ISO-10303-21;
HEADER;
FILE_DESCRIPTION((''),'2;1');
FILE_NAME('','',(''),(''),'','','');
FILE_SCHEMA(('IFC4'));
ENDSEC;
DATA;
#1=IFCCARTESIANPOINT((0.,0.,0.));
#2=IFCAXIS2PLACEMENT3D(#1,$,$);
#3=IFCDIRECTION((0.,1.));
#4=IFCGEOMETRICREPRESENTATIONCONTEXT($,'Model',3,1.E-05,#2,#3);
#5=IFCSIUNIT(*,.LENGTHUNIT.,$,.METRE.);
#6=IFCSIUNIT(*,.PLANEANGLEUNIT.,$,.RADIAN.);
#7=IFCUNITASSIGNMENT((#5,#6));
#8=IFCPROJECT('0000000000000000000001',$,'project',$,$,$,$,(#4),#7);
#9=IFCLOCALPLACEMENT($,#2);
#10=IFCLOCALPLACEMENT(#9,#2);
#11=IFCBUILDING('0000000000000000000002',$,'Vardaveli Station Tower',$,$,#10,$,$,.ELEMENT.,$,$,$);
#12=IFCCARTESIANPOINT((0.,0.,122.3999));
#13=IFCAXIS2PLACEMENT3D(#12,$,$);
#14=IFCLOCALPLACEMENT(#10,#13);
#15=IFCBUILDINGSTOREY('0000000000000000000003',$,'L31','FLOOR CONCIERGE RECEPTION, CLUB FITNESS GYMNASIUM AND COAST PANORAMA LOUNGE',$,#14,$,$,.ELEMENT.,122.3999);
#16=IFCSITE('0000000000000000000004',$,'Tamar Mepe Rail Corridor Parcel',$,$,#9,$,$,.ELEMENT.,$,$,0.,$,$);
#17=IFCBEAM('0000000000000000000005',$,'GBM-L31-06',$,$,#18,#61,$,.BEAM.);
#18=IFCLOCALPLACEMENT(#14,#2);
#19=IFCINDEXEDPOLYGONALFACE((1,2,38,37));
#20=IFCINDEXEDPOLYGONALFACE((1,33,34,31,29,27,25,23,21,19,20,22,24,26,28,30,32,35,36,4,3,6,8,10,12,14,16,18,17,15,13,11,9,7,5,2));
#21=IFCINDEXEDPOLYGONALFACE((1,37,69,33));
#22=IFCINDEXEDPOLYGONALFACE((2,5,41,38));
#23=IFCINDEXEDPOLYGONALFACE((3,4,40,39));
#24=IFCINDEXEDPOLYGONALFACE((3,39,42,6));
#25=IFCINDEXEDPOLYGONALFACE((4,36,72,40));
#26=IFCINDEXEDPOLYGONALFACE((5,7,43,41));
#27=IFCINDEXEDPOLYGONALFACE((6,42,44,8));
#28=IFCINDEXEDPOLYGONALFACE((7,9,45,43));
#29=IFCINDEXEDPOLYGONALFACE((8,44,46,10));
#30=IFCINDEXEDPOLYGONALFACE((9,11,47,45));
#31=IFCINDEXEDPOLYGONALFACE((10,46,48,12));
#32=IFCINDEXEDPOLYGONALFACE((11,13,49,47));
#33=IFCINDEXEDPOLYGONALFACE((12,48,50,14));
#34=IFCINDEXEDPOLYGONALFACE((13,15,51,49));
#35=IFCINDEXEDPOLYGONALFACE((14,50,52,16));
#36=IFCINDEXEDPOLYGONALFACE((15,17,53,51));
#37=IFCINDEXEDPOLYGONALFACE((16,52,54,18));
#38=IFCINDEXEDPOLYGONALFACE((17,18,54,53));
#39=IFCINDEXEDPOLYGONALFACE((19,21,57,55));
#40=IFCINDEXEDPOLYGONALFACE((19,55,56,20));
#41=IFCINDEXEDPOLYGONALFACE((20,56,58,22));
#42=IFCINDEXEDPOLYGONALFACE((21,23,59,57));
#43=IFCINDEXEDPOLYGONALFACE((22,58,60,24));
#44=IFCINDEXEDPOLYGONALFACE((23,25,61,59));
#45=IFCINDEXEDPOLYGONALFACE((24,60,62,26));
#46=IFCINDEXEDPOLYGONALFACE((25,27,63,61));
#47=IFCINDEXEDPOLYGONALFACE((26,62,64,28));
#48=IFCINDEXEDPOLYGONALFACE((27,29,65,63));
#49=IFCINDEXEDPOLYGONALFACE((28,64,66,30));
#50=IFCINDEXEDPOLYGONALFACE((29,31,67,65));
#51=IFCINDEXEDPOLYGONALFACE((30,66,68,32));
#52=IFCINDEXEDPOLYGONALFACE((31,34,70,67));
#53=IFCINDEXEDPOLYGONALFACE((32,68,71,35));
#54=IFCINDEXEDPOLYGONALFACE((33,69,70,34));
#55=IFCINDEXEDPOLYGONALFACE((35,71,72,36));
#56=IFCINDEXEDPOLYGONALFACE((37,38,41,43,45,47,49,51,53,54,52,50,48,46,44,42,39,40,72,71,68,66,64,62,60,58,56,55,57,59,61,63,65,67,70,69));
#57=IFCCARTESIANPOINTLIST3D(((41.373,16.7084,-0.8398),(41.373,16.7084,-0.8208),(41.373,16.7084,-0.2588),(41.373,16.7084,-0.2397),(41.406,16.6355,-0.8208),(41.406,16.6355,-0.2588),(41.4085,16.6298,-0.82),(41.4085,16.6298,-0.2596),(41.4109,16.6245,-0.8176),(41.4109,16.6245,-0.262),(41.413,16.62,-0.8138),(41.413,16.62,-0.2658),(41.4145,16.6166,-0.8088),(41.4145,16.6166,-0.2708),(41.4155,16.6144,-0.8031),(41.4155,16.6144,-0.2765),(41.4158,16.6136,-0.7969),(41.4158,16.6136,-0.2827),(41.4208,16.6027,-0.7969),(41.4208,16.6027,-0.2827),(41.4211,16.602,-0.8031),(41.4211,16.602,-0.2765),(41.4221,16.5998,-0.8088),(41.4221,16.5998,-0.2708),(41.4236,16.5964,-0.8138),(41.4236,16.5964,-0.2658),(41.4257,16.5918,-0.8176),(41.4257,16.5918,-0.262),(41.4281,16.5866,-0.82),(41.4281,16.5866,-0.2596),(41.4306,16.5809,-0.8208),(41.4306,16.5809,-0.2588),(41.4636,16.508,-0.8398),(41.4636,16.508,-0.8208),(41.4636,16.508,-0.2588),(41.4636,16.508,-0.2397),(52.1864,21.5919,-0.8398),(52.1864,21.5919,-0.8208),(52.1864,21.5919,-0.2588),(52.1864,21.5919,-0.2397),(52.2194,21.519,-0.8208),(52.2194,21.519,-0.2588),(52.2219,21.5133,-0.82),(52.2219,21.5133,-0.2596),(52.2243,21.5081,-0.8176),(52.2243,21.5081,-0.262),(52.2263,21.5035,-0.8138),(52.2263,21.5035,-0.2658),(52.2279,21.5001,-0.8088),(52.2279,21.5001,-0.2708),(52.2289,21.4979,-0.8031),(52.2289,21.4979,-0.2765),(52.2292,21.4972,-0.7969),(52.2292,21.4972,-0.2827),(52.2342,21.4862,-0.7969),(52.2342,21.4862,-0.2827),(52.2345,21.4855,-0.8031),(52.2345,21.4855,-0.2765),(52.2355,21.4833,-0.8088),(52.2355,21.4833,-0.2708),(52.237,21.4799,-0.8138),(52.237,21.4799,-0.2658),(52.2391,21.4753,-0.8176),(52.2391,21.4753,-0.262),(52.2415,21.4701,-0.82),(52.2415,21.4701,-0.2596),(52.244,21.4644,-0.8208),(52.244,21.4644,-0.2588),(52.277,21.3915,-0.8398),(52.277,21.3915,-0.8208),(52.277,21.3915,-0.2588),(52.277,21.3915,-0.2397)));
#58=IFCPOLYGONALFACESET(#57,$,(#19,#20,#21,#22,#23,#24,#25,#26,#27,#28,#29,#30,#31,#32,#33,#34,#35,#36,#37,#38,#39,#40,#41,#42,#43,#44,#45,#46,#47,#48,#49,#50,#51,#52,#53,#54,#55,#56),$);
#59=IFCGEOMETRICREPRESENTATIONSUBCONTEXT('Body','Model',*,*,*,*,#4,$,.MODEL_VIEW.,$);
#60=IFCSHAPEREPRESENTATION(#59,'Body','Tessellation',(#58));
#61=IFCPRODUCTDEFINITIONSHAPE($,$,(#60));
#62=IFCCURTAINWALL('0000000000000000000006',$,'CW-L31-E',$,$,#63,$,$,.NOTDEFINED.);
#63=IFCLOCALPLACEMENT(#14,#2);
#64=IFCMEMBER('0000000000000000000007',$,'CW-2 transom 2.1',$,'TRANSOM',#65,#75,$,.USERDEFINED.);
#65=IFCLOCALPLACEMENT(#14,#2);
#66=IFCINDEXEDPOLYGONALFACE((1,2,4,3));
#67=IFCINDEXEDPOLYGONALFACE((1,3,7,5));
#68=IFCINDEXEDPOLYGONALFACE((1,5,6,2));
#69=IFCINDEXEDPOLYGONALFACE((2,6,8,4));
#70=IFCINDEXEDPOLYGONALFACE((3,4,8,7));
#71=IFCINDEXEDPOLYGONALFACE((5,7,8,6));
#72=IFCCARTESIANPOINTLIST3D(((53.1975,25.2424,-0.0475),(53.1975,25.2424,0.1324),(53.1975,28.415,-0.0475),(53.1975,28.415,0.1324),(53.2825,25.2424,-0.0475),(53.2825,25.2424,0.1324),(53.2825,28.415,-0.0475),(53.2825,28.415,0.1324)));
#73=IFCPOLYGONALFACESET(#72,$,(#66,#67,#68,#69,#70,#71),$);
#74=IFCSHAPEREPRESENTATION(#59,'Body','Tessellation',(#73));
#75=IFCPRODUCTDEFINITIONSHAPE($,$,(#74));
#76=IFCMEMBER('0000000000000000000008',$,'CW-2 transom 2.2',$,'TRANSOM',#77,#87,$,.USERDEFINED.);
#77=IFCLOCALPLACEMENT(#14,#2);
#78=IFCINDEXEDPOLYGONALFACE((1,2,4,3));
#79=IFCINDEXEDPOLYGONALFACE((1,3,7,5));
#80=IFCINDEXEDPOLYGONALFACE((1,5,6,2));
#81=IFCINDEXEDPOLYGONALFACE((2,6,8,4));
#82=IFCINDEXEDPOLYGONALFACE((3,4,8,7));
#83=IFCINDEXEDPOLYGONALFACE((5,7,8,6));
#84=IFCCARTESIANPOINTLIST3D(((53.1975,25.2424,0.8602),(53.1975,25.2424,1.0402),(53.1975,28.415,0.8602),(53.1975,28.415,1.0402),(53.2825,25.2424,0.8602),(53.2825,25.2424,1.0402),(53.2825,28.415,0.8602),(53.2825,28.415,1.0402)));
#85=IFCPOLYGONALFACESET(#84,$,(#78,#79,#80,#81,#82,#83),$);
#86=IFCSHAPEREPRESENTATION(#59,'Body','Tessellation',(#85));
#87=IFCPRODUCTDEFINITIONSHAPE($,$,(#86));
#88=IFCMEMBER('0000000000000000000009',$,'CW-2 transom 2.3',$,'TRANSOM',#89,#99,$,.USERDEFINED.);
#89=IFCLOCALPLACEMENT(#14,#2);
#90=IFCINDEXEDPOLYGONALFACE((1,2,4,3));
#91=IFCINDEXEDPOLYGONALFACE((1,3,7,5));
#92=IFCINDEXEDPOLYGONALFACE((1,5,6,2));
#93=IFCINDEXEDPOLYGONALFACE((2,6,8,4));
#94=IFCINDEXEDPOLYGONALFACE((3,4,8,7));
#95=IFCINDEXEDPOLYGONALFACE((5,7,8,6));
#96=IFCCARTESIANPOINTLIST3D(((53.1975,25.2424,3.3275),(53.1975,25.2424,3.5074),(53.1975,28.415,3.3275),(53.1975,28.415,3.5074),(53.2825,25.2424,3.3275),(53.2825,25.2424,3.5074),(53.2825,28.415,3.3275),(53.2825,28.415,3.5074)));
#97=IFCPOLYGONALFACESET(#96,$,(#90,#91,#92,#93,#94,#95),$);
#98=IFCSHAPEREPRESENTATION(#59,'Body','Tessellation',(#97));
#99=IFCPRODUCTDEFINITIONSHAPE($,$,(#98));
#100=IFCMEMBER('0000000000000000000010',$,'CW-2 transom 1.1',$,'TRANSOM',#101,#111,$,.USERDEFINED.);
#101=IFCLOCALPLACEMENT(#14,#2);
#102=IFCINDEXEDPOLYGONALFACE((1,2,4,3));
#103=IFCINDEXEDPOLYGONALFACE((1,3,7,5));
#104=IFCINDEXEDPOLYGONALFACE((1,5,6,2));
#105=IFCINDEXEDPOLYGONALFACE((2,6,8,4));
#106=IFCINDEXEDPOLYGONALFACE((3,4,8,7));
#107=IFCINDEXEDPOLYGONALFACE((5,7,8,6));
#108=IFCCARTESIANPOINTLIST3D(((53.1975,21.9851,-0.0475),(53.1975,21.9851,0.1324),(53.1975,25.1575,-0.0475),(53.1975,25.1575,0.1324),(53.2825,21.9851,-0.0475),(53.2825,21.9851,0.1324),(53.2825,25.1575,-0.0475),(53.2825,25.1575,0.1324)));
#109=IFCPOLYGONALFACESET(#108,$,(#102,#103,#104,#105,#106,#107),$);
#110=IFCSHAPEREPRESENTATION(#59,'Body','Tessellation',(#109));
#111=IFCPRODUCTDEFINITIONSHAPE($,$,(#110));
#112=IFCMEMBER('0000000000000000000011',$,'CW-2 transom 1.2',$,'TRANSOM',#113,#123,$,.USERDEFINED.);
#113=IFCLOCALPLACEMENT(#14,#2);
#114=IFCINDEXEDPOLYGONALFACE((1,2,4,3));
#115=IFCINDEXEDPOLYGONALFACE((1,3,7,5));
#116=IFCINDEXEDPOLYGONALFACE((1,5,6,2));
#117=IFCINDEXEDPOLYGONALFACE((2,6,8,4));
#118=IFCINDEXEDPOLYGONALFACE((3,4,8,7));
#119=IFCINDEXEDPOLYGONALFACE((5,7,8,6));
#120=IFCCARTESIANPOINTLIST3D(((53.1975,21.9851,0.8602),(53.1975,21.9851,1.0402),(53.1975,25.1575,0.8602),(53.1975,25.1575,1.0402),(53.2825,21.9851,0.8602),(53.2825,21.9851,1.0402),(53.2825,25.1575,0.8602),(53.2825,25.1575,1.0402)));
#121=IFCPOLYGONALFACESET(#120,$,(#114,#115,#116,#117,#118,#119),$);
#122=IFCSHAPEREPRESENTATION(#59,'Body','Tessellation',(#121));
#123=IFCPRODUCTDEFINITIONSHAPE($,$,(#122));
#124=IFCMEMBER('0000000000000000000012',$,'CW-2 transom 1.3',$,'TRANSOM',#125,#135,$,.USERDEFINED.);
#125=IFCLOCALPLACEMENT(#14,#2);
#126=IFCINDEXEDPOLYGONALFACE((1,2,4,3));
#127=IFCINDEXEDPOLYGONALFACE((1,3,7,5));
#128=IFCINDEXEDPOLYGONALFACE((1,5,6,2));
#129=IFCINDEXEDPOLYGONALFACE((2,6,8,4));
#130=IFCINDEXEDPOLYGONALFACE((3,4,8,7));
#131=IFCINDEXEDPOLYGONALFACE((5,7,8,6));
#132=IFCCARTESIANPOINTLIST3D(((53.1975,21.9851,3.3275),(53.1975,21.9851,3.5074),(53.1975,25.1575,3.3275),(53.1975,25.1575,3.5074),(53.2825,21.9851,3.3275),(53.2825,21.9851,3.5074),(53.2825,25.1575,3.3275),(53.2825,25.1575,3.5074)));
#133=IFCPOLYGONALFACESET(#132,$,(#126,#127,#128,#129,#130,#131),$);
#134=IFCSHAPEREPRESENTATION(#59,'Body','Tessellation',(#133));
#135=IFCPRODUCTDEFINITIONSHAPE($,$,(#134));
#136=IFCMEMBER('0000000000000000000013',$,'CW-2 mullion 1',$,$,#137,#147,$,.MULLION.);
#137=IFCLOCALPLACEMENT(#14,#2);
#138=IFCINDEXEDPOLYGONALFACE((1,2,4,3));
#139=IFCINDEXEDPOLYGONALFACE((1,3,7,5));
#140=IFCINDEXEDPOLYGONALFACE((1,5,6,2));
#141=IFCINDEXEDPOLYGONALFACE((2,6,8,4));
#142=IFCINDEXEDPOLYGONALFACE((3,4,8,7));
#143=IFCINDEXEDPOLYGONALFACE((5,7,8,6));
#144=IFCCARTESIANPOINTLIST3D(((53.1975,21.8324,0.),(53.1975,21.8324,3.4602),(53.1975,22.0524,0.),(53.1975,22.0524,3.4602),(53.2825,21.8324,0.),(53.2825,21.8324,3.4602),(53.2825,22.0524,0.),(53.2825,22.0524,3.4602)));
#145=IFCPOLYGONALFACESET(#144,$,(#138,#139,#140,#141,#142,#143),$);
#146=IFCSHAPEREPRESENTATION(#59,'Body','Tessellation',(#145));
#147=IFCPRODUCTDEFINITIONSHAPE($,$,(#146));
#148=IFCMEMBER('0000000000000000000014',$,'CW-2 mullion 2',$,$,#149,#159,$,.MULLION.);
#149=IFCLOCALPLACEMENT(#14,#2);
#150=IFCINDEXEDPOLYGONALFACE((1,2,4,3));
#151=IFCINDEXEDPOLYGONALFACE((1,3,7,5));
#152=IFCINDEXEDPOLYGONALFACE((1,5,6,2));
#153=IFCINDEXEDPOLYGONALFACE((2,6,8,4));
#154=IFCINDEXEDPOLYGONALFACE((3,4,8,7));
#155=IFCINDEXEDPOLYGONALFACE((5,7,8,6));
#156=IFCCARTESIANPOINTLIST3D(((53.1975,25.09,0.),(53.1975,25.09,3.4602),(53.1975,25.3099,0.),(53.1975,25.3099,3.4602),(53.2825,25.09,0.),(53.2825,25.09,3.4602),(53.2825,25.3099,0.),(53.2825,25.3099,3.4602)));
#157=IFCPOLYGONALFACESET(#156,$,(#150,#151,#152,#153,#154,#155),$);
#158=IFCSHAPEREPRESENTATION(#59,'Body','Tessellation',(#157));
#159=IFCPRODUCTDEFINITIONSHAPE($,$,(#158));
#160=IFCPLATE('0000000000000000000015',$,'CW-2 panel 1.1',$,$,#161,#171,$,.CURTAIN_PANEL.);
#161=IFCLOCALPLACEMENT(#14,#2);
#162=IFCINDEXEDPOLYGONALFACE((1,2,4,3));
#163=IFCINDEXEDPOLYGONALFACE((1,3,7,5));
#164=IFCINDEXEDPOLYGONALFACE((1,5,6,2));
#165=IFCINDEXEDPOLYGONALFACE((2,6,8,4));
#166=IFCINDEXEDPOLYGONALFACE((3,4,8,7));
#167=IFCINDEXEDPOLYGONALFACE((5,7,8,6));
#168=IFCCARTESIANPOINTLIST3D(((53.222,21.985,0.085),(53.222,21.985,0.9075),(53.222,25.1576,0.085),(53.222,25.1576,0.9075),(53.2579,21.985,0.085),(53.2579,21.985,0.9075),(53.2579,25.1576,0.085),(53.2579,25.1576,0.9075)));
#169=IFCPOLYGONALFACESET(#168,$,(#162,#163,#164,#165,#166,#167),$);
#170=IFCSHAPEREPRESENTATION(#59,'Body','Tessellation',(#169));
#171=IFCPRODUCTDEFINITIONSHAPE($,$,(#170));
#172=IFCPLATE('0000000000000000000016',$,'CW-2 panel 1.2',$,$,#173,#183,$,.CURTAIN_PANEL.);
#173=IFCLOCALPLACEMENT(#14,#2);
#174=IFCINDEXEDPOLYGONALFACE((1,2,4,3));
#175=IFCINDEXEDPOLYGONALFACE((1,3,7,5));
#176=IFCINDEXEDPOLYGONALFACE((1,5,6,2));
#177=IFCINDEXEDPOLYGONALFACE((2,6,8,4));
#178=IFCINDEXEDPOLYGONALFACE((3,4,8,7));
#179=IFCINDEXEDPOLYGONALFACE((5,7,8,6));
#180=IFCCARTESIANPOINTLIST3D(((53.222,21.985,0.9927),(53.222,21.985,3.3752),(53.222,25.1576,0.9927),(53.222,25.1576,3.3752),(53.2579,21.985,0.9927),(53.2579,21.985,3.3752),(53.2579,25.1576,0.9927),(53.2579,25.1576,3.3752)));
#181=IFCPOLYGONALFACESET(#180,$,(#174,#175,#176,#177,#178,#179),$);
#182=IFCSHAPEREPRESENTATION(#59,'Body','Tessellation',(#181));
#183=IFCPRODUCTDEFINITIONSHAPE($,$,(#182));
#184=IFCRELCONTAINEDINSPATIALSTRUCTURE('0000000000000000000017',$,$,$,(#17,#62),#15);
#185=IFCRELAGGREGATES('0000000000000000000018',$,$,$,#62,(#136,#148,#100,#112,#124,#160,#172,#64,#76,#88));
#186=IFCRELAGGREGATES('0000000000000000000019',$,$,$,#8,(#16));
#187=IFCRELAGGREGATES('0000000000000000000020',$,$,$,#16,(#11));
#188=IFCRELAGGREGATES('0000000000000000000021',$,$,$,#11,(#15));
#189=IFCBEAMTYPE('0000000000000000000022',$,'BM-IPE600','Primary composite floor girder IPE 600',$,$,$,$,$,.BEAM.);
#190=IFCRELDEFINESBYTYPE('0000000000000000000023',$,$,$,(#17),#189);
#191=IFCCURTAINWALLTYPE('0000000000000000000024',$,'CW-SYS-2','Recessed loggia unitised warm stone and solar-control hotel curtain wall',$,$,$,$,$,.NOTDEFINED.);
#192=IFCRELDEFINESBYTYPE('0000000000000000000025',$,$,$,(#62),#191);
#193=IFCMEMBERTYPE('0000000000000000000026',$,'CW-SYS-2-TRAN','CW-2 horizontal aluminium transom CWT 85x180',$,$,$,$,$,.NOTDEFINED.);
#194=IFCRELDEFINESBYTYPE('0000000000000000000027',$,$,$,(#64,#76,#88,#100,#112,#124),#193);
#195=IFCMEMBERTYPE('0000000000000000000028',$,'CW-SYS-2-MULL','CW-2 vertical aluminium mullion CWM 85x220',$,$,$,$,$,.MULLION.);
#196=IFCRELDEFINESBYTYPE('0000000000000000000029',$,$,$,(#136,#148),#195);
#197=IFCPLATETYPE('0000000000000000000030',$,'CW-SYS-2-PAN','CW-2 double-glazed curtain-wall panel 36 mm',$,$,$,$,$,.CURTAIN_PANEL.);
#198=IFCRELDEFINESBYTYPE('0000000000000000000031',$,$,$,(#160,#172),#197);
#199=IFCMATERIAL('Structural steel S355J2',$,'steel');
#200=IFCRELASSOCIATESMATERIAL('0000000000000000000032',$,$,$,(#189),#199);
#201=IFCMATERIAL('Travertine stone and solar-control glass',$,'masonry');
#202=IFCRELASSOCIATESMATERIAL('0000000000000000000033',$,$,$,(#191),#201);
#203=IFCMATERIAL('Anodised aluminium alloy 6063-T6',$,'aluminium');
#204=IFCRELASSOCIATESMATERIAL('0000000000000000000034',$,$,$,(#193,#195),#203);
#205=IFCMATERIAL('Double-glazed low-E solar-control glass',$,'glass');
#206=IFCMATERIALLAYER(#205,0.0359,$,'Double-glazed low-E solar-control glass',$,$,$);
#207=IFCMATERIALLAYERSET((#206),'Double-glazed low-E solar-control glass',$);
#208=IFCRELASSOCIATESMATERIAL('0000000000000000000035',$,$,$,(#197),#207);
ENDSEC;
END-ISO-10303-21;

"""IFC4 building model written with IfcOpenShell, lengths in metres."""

from ifc_helpers import new_model, si_unit, direction, frame, origin, origin_2d, place, context, subcontext, project, spatial, rectangle, i_section, extrude, source, transform, mapped, material, layer, layer_set, material_profile, profile_set, type_object, element, aggregate, save


model = new_model("IFC4")

# Units and contexts
model_context = context("Model", 3, precision=1e-05, world=origin(), true_north=direction((0.0, 1.0)))
body_context = subcontext(model_context, "Body", "Model", "MODEL_VIEW")
ifc_project = project(units=[si_unit("LENGTHUNIT", "METRE"), si_unit("PLANEANGLEUNIT", "RADIAN")], contexts=[model_context])

# Site, building, storey
site_placement = place(None, origin())
site = spatial("IfcSite", under=ifc_project, at=site_placement, Name="Tamar Mepe Rail Corridor Parcel", CompositionType="ELEMENT", RefElevation=0.0)
building_placement = place(site_placement, origin())
building = spatial("IfcBuilding", under=site, at=building_placement, Name="Vardaveli Station Tower", CompositionType="ELEMENT")
storey_placement = place(building_placement, frame((0.0, 0.0, 122.3999)))
storey = spatial("IfcBuildingStorey", under=building, at=storey_placement, Name="L31", Description="FLOOR CONCIERGE RECEPTION, CLUB FITNESS GYMNASIUM AND COAST PANORAMA LOUNGE", CompositionType="ELEMENT", Elevation=122.3999)

# Beam
ifc_material_1 = material(Name="Structural steel S355J2", Category="steel")
ifc_material_profile_1 = material_profile(ifc_material_1, i_section(OverallWidth=0.22, OverallDepth=0.6001, WebThickness=0.012, FlangeThickness=0.019, FilletRadius=0.0239, at=origin_2d()), Name="IPE 600")
ifc_profile_set_1 = profile_set([ifc_material_profile_1], Name="Structural steel S355J2")
beam_type_1 = type_object("IfcBeamType", Name="BM-IPE600", Description="Primary composite floor girder IPE 600", PredefinedType="BEAM", material=ifc_profile_set_1)
shared_shape_1 = source(origin(), body_context, "Body", "SweptSolid", [
    extrude(i_section(OverallWidth=0.22, OverallDepth=0.6001, WebThickness=0.012, FlangeThickness=0.019, FilletRadius=0.0239, at=origin_2d()), origin(), (0.0, 0.0, 1.0), 11.865),
])
beam_1_placement = place(storey_placement, frame((52.2317, 21.4917, -0.5398), z_axis=(-0.911369, -0.411589, 0.0), x_axis=(0.411589, -0.911369, 0.0)))
element("IfcBeam", 1, at=beam_1_placement, inside=storey, type_object=beam_type_1, Name="GBM-L31-06", PredefinedType="BEAM", context=body_context, shape_type="MappedRepresentation", body=[
    mapped(shared_shape_1, transform((0.0, 0.0, 0.0), scale=1.0)),
])

# Curtain wall, members, plates
ifc_material_2 = material(Name="Travertine stone and solar-control glass", Category="masonry")
curtain_wall_type = type_object("IfcCurtainWallType", Name="CW-SYS-2", Description="Recessed loggia unitised warm stone and solar-control hotel curtain wall", PredefinedType="NOTDEFINED", material=ifc_material_2)
curtain_wall_placement = place(storey_placement, origin())
curtain_wall = element("IfcCurtainWall", 2, at=curtain_wall_placement, inside=storey, type_object=curtain_wall_type, Name="CW-L31-E", PredefinedType="NOTDEFINED")
ifc_material_3 = material(Name="Anodised aluminium alloy 6063-T6", Category="aluminium")
ifc_material_profile_2 = material_profile(ifc_material_3, rectangle(XDim=0.085, YDim=0.1799, at=origin_2d()), Name="CWT 85x180")
ifc_profile_set_2 = profile_set([ifc_material_profile_2], Name="Anodised aluminium alloy 6063-T6")
member_type_1 = type_object("IfcMemberType", Name="CW-SYS-2-TRAN", Description="CW-2 horizontal aluminium transom CWT 85x180", PredefinedType="NOTDEFINED", material=ifc_profile_set_2)
shared_shape_2 = source(origin(), body_context, "Body", "SweptSolid", [
    extrude(rectangle(XDim=0.085, YDim=0.1799, at=origin_2d()), origin(), (0.0, 0.0, 1.0), 3.1726),
])
member_1_placement = place(storey_placement, frame((53.24, 25.2424, 0.0425), z_axis=(0.0, 1.0, 0.0), x_axis=(-1.0, 0.0, 0.0)))
member_1 = element("IfcMember", 3, at=member_1_placement, type_object=member_type_1, Name="CW-2 transom 2.1", ObjectType="TRANSOM", PredefinedType="USERDEFINED", context=body_context, shape_type="MappedRepresentation", body=[
    mapped(shared_shape_2, transform((0.0, 0.0, 0.0), scale=1.0)),
])
member_2_placement = place(storey_placement, frame((53.24, 25.2424, 0.9502), z_axis=(0.0, 1.0, 0.0), x_axis=(-1.0, 0.0, 0.0)))
member_2 = element("IfcMember", 4, at=member_2_placement, type_object=member_type_1, Name="CW-2 transom 2.2", ObjectType="TRANSOM", PredefinedType="USERDEFINED", context=body_context, shape_type="MappedRepresentation", body=[
    mapped(shared_shape_2, transform((0.0, 0.0, 0.0), scale=1.0)),
])
member_3_placement = place(storey_placement, frame((53.24, 25.2424, 3.4175), z_axis=(0.0, 1.0, 0.0), x_axis=(-1.0, 0.0, 0.0)))
member_3 = element("IfcMember", 5, at=member_3_placement, type_object=member_type_1, Name="CW-2 transom 2.3", ObjectType="TRANSOM", PredefinedType="USERDEFINED", context=body_context, shape_type="MappedRepresentation", body=[
    mapped(shared_shape_2, transform((0.0, 0.0, 0.0), scale=1.0)),
])
shared_shape_3 = source(origin(), body_context, "Body", "SweptSolid", [
    extrude(rectangle(XDim=0.085, YDim=0.1799, at=origin_2d()), origin(), (0.0, 0.0, 1.0), 3.1724),
])
member_4_placement = place(storey_placement, frame((53.24, 21.9851, 0.0425), z_axis=(0.0, 1.0, 0.0), x_axis=(-1.0, 0.0, 0.0)))
member_4 = element("IfcMember", 6, at=member_4_placement, type_object=member_type_1, Name="CW-2 transom 1.1", ObjectType="TRANSOM", PredefinedType="USERDEFINED", context=body_context, shape_type="MappedRepresentation", body=[
    mapped(shared_shape_3, transform((0.0, 0.0, 0.0), scale=1.0)),
])
member_5_placement = place(storey_placement, frame((53.24, 21.9851, 0.9502), z_axis=(0.0, 1.0, 0.0), x_axis=(-1.0, 0.0, 0.0)))
member_5 = element("IfcMember", 7, at=member_5_placement, type_object=member_type_1, Name="CW-2 transom 1.2", ObjectType="TRANSOM", PredefinedType="USERDEFINED", context=body_context, shape_type="MappedRepresentation", body=[
    mapped(shared_shape_3, transform((0.0, 0.0, 0.0), scale=1.0)),
])
member_6_placement = place(storey_placement, frame((53.24, 21.9851, 3.4175), z_axis=(0.0, 1.0, 0.0), x_axis=(-1.0, 0.0, 0.0)))
member_6 = element("IfcMember", 8, at=member_6_placement, type_object=member_type_1, Name="CW-2 transom 1.3", ObjectType="TRANSOM", PredefinedType="USERDEFINED", context=body_context, shape_type="MappedRepresentation", body=[
    mapped(shared_shape_3, transform((0.0, 0.0, 0.0), scale=1.0)),
])
ifc_material_profile_3 = material_profile(ifc_material_3, rectangle(XDim=0.085, YDim=0.22, at=origin_2d()), Name="CWM 85x220")
ifc_profile_set_3 = profile_set([ifc_material_profile_3], Name="Anodised aluminium alloy 6063-T6")
member_type_2 = type_object("IfcMemberType", Name="CW-SYS-2-MULL", Description="CW-2 vertical aluminium mullion CWM 85x220", PredefinedType="MULLION", material=ifc_profile_set_3)
shared_shape_4 = source(origin(), body_context, "Body", "SweptSolid", [
    extrude(rectangle(XDim=0.085, YDim=0.22, at=origin_2d()), origin(), (0.0, 0.0, 1.0), 3.4602),
])
member_7_placement = place(storey_placement, frame((53.24, 21.9424, 0.0), z_axis=(0.0, 0.0, 1.0), x_axis=(-1.0, 0.0, 0.0)))
member_7 = element("IfcMember", 9, at=member_7_placement, type_object=member_type_2, Name="CW-2 mullion 1", PredefinedType="MULLION", context=body_context, shape_type="MappedRepresentation", body=[
    mapped(shared_shape_4, transform((0.0, 0.0, 0.0), scale=1.0)),
])
member_8_placement = place(storey_placement, frame((53.24, 25.2, 0.0), z_axis=(0.0, 0.0, 1.0), x_axis=(-1.0, 0.0, 0.0)))
member_8 = element("IfcMember", 10, at=member_8_placement, type_object=member_type_2, Name="CW-2 mullion 2", PredefinedType="MULLION", context=body_context, shape_type="MappedRepresentation", body=[
    mapped(shared_shape_4, transform((0.0, 0.0, 0.0), scale=1.0)),
])
ifc_material_4 = material(Name="Double-glazed low-E solar-control glass", Category="glass")
ifc_layer_1 = layer(ifc_material_4, 0.0359, Name="Double-glazed low-E solar-control glass")
ifc_layer_set_1 = layer_set([ifc_layer_1], Name="Double-glazed low-E solar-control glass")
plate_type = type_object("IfcPlateType", Name="CW-SYS-2-PAN", Description="CW-2 double-glazed curtain-wall panel 36 mm", PredefinedType="CURTAIN_PANEL", material=ifc_layer_set_1)
shared_shape_5 = source(origin(), body_context, "Body", "SweptSolid", [
    extrude(rectangle(XDim=3.1726, YDim=0.0359, at=origin_2d()), origin(), (0.0, 0.0, 1.0), 0.8225),
])
plate_1_placement = place(storey_placement, frame((53.24, 23.5713, 0.085), z_axis=(0.0, 0.0, 1.0), x_axis=(0.0, 1.0, 0.0)))
plate_1 = element("IfcPlate", 11, at=plate_1_placement, type_object=plate_type, Name="CW-2 panel 1.1", PredefinedType="CURTAIN_PANEL", context=body_context, shape_type="MappedRepresentation", body=[
    mapped(shared_shape_5, transform((0.0, 0.0, 0.0), scale=1.0)),
])
shared_shape_6 = source(origin(), body_context, "Body", "SweptSolid", [
    extrude(rectangle(XDim=3.1726, YDim=0.0359, at=origin_2d()), origin(), (0.0, 0.0, 1.0), 2.3826),
])
plate_2_placement = place(storey_placement, frame((53.24, 23.5713, 0.9927), z_axis=(0.0, 0.0, 1.0), x_axis=(0.0, 1.0, 0.0)))
plate_2 = element("IfcPlate", 12, at=plate_2_placement, type_object=plate_type, Name="CW-2 panel 1.2", PredefinedType="CURTAIN_PANEL", context=body_context, shape_type="MappedRepresentation", body=[
    mapped(shared_shape_6, transform((0.0, 0.0, 0.0), scale=1.0)),
])
aggregate(curtain_wall, [member_7, member_8, member_4, member_5, member_6, plate_1, plate_2, member_1, member_2, member_3])

save(model, "model.ifc")
